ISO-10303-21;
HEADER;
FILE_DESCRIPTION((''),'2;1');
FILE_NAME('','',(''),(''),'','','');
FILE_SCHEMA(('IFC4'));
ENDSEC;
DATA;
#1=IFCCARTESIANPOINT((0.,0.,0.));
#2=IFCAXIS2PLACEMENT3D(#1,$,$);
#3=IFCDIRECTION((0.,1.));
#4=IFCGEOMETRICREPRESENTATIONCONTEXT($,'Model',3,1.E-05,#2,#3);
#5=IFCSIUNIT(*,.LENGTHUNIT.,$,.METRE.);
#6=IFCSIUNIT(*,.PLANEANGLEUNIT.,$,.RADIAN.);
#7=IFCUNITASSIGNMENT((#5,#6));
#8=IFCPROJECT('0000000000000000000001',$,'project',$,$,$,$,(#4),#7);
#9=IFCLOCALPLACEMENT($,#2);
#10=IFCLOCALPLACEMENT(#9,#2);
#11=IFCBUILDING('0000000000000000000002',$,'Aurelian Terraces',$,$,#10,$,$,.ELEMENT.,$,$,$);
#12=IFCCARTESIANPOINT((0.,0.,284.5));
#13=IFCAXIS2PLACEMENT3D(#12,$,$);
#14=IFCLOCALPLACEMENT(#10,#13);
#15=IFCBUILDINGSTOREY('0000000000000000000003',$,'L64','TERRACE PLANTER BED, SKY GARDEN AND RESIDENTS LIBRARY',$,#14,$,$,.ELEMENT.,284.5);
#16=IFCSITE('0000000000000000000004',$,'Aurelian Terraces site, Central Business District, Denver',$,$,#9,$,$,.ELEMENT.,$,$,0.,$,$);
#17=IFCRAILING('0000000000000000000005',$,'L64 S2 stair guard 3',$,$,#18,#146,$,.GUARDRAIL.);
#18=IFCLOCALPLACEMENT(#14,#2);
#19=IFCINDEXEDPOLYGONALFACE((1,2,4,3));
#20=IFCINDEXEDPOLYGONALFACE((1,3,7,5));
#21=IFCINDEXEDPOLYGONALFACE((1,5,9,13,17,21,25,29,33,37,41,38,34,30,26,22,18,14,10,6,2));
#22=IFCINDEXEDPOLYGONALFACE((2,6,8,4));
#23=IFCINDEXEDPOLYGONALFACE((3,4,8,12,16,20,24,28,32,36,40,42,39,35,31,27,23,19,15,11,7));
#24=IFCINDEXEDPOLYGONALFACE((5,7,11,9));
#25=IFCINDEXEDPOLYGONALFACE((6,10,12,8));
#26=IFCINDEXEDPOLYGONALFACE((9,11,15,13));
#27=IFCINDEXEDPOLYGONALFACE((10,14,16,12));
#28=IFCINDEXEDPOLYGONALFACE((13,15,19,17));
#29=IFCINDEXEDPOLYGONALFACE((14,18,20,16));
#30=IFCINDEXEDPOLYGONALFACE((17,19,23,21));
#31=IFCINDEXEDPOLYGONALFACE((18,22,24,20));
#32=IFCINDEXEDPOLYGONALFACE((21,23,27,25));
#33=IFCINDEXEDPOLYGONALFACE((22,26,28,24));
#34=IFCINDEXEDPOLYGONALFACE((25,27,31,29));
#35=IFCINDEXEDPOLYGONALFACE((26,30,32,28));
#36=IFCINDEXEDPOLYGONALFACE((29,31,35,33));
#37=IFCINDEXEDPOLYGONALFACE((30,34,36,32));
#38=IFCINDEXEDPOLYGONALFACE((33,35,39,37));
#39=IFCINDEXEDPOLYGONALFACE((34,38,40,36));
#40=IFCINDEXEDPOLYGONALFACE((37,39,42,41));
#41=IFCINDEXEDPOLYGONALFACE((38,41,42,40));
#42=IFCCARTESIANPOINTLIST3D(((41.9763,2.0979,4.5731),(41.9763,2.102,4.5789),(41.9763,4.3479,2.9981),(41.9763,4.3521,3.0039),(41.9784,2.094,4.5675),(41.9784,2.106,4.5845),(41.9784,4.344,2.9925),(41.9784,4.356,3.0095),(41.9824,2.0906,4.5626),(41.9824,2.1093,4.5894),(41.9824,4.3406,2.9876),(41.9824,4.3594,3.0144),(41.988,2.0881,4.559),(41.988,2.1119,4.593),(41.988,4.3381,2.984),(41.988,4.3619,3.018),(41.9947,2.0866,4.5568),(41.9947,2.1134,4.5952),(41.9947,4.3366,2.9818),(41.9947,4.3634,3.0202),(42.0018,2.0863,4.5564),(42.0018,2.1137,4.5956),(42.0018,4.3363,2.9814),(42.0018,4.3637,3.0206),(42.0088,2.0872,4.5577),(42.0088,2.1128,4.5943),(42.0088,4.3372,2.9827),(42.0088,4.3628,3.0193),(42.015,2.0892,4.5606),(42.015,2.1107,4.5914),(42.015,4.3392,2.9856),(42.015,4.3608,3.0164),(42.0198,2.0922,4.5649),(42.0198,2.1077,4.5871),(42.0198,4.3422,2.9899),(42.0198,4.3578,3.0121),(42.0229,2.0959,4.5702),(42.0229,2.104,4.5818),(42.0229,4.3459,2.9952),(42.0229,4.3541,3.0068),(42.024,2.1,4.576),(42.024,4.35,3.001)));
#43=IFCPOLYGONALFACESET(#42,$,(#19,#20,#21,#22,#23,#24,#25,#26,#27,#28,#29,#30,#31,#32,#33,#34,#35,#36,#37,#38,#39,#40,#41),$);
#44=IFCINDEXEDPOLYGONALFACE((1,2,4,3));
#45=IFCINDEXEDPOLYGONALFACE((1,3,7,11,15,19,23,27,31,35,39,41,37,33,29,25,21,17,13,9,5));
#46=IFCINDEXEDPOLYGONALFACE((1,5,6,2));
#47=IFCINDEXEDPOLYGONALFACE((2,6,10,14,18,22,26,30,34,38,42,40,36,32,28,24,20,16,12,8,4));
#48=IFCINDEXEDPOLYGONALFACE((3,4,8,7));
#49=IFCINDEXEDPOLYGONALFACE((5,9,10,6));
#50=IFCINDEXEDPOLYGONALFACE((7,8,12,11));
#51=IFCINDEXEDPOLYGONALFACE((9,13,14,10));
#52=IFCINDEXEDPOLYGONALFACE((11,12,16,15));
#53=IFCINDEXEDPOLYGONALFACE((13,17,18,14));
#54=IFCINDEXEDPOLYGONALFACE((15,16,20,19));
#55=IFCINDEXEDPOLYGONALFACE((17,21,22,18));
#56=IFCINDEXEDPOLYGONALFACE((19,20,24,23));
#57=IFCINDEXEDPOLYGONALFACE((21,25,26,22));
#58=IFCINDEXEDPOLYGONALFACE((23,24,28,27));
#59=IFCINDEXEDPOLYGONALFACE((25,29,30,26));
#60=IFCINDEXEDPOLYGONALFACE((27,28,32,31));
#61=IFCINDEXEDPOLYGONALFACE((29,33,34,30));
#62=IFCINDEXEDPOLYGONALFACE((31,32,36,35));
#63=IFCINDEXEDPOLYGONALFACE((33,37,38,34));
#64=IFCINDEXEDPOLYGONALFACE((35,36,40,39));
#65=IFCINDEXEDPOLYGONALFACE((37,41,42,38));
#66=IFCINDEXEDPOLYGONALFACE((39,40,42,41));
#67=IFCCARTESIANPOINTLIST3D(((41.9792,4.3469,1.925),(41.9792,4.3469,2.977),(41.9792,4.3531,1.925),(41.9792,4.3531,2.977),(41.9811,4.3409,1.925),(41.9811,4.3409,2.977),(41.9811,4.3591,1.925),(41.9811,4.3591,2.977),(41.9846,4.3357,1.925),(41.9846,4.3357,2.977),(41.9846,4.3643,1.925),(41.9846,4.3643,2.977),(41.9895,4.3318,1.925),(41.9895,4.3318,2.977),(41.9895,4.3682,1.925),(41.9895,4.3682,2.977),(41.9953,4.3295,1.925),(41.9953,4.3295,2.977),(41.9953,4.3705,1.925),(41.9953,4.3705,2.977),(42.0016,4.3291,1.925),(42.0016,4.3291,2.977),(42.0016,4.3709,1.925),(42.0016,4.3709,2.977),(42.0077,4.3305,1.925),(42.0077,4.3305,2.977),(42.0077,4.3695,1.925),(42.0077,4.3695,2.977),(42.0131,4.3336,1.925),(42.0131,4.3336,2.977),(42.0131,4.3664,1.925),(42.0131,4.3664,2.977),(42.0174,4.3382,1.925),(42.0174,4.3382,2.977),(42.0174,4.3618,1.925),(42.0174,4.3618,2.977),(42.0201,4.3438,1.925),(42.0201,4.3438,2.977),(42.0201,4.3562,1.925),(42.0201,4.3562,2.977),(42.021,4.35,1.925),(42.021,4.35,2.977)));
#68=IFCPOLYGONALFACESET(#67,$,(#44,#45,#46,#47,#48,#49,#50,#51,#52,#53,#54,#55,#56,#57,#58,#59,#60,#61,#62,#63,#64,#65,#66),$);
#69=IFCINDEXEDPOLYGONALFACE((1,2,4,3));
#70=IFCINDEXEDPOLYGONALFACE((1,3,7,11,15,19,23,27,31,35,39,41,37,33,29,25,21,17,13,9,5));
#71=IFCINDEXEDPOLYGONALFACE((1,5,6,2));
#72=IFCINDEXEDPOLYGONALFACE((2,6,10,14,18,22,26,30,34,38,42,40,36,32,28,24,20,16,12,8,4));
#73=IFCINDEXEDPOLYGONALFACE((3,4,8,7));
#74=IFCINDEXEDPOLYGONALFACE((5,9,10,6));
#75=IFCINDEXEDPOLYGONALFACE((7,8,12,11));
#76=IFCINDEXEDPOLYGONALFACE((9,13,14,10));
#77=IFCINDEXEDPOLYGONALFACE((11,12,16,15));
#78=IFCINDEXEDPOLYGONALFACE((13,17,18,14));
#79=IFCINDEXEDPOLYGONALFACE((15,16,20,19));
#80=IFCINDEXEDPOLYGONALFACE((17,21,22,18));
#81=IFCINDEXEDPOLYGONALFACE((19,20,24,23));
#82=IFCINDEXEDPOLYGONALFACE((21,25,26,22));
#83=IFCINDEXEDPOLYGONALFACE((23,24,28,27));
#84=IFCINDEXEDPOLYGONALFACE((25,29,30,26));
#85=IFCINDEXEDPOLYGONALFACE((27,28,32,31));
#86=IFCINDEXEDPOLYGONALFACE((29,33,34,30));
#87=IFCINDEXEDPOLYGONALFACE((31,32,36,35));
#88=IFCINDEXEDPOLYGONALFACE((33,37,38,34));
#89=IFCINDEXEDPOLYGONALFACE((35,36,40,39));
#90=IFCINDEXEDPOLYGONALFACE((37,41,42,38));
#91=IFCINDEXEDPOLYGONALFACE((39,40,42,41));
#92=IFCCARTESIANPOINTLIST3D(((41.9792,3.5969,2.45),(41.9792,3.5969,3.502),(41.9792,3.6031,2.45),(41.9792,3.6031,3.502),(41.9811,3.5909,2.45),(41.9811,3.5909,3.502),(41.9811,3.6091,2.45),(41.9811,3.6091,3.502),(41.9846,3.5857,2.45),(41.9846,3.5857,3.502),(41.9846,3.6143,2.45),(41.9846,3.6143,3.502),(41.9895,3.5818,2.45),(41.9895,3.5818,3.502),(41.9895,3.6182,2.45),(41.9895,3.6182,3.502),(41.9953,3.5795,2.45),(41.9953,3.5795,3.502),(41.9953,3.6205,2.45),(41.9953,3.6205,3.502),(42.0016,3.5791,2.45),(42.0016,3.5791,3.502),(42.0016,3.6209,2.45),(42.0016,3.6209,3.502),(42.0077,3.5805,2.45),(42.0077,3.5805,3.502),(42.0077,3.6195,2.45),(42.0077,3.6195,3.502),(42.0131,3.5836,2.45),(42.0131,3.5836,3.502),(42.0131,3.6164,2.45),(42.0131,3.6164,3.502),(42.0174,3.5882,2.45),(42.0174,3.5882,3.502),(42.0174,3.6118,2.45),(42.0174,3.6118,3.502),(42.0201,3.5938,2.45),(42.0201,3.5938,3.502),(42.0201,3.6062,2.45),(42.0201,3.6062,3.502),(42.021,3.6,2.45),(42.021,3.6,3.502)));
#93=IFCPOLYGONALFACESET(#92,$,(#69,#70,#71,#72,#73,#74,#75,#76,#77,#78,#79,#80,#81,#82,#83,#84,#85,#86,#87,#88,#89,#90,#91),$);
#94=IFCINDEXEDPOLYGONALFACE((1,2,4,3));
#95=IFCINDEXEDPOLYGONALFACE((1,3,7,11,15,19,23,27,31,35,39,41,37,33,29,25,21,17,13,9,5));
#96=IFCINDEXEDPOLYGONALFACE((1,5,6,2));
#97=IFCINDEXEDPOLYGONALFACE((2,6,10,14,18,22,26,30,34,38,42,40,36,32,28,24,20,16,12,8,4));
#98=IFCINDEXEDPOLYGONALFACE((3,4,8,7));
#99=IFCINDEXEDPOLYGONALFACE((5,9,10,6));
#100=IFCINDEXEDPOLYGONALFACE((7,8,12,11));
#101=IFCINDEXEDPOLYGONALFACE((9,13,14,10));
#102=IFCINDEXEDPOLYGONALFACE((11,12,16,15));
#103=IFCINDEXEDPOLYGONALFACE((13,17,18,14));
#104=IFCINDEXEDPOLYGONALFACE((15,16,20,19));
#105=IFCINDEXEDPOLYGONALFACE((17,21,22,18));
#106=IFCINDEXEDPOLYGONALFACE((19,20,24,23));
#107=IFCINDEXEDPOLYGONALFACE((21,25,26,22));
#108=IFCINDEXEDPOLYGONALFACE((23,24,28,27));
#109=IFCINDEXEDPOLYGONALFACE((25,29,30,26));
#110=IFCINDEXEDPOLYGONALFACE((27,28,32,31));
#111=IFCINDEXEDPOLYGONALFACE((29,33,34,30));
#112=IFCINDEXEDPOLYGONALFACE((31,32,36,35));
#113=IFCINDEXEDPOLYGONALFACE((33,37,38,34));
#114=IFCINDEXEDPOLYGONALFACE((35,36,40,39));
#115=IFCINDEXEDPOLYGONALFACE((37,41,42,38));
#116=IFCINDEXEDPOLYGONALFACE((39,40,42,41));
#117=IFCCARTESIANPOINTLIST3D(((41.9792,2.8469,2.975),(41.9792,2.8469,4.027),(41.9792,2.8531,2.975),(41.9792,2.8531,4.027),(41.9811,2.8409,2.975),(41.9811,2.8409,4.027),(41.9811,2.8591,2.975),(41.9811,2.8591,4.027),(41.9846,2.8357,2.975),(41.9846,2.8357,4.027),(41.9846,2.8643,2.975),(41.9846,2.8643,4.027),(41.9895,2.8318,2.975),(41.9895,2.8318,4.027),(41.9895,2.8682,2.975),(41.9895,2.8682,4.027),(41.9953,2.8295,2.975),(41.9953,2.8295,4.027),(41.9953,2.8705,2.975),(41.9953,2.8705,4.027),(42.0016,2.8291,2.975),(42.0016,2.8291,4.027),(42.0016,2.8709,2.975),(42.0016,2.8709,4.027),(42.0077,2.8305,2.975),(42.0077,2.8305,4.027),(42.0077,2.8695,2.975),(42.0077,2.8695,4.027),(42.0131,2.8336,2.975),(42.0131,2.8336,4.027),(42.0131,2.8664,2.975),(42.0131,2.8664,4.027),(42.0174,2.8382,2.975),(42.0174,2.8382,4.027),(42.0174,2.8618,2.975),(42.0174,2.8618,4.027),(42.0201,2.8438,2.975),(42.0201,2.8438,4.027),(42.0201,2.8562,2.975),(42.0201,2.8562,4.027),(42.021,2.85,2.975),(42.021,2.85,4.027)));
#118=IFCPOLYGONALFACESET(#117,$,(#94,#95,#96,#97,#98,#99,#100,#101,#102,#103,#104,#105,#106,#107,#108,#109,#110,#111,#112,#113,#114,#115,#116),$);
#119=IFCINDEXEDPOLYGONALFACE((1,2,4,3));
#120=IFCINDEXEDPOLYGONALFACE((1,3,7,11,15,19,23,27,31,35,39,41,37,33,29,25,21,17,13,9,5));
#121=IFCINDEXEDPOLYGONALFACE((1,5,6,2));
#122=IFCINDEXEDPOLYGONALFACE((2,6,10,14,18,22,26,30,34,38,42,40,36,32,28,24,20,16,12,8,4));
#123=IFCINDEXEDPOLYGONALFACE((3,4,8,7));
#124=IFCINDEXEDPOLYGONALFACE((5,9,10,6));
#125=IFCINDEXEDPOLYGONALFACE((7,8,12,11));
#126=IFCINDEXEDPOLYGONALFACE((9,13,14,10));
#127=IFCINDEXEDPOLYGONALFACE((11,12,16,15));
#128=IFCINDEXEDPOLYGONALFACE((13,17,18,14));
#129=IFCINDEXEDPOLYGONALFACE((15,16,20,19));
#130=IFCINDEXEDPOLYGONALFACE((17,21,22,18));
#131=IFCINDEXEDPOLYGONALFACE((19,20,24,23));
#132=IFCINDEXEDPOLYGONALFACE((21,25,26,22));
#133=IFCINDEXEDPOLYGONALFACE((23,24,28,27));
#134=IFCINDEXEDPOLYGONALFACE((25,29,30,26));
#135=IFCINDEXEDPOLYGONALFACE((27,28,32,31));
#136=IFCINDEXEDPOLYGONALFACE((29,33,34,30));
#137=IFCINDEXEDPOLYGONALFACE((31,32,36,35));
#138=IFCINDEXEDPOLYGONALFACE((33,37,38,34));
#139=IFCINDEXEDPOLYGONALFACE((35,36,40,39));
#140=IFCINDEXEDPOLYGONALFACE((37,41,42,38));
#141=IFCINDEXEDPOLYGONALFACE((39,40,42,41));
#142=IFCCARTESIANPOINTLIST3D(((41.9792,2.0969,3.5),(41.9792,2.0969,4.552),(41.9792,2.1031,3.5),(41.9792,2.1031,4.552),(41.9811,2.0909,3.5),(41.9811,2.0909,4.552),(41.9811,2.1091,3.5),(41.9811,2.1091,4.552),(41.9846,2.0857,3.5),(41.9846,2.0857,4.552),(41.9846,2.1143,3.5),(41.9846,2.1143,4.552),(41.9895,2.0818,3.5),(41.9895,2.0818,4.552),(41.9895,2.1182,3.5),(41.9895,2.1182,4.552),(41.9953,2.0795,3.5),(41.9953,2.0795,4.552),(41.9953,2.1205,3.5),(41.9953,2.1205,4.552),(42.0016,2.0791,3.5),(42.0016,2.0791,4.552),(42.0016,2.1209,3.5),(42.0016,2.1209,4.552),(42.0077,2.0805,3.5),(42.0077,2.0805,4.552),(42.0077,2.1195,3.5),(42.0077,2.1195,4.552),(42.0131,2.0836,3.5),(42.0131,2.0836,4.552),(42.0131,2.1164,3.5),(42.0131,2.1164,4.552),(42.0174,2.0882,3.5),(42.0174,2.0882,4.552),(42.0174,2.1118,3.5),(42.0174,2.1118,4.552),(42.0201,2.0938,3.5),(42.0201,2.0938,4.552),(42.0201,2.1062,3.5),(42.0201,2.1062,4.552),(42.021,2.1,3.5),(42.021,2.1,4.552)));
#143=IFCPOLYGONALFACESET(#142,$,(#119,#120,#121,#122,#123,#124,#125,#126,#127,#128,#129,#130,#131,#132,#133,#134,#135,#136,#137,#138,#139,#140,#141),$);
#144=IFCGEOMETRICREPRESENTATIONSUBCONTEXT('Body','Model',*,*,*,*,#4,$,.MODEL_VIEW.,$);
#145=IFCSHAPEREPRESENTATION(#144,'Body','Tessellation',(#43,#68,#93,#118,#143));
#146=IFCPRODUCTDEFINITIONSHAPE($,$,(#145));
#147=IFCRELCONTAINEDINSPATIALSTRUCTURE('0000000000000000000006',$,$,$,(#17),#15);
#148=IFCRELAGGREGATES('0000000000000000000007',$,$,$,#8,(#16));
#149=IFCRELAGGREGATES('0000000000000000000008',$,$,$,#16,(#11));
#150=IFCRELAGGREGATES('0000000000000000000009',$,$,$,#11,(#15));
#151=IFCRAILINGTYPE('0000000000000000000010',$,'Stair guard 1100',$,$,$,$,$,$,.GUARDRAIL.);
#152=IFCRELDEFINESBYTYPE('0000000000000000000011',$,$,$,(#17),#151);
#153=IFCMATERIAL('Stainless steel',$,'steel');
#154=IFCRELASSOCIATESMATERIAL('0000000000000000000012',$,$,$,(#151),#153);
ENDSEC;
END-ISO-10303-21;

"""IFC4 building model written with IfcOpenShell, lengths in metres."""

from ifc_helpers import new_model, si_unit, direction, frame, origin, origin_2d, place, context, subcontext, project, spatial, circle, extrude, source, transform, mapped, material, type_object, element, save


model = new_model("IFC4")

# Units and contexts
model_context = context("Model", 3, precision=1e-05, world=origin(), true_north=direction((0.0, 1.0)))
body_context = subcontext(model_context, "Body", "Model", "MODEL_VIEW")
ifc_project = project(units=[si_unit("LENGTHUNIT", "METRE"), si_unit("PLANEANGLEUNIT", "RADIAN")], contexts=[model_context])

# Site, building, storey
site_placement = place(None, origin())
site = spatial("IfcSite", under=ifc_project, at=site_placement, Name="Aurelian Terraces site, Central Business District, Denver", CompositionType="ELEMENT", RefElevation=0.0)
building_placement = place(site_placement, origin())
building = spatial("IfcBuilding", under=site, at=building_placement, Name="Aurelian Terraces", CompositionType="ELEMENT")
storey_placement = place(building_placement, frame((0.0, 0.0, 284.5)))
storey = spatial("IfcBuildingStorey", under=building, at=storey_placement, Name="L64", Description="TERRACE PLANTER BED, SKY GARDEN AND RESIDENTS LIBRARY", CompositionType="ELEMENT", Elevation=284.5)

# Railing
ifc_material_1 = material(Name="Stainless steel", Category="steel")
railing_type_1 = type_object("IfcRailingType", Name="Stair guard 1100", PredefinedType="GUARDRAIL", material=ifc_material_1)
shared_shape_1 = source(origin(), body_context, "Body", "SweptSolid", [
    extrude(circle(Radius=0.024, at=origin_2d()), frame((0.0, 0.0, 1.076), z_axis=(0.0, -0.819232, 0.573462), x_axis=(1.0, 0.0, 0.0)), (0.0, 0.0, 1.0), 2.7465),
    extrude(circle(Radius=0.021, at=origin_2d()), origin(), (0.0, 0.0, 1.0), 1.052),
    extrude(circle(Radius=0.021, at=origin_2d()), frame((0.0, -0.75, 0.525)), (0.0, 0.0, 1.0), 1.052),
    extrude(circle(Radius=0.021, at=origin_2d()), frame((0.0, -1.5, 1.05)), (0.0, 0.0, 1.0), 1.052),
    extrude(circle(Radius=0.021, at=origin_2d()), frame((0.0, -2.25, 1.575)), (0.0, 0.0, 1.0), 1.052),
])
railing_1_placement = place(storey_placement, frame((42.0, 4.35, 1.925)))
element("IfcRailing", 1, at=railing_1_placement, inside=storey, type_object=railing_type_1, Name="L64 S2 stair guard 3", PredefinedType="GUARDRAIL", context=body_context, shape_type="MappedRepresentation", body=[
    mapped(shared_shape_1, transform((0.0, 0.0, 0.0), scale=1.0)),
])

save(model, "model.ifc")
